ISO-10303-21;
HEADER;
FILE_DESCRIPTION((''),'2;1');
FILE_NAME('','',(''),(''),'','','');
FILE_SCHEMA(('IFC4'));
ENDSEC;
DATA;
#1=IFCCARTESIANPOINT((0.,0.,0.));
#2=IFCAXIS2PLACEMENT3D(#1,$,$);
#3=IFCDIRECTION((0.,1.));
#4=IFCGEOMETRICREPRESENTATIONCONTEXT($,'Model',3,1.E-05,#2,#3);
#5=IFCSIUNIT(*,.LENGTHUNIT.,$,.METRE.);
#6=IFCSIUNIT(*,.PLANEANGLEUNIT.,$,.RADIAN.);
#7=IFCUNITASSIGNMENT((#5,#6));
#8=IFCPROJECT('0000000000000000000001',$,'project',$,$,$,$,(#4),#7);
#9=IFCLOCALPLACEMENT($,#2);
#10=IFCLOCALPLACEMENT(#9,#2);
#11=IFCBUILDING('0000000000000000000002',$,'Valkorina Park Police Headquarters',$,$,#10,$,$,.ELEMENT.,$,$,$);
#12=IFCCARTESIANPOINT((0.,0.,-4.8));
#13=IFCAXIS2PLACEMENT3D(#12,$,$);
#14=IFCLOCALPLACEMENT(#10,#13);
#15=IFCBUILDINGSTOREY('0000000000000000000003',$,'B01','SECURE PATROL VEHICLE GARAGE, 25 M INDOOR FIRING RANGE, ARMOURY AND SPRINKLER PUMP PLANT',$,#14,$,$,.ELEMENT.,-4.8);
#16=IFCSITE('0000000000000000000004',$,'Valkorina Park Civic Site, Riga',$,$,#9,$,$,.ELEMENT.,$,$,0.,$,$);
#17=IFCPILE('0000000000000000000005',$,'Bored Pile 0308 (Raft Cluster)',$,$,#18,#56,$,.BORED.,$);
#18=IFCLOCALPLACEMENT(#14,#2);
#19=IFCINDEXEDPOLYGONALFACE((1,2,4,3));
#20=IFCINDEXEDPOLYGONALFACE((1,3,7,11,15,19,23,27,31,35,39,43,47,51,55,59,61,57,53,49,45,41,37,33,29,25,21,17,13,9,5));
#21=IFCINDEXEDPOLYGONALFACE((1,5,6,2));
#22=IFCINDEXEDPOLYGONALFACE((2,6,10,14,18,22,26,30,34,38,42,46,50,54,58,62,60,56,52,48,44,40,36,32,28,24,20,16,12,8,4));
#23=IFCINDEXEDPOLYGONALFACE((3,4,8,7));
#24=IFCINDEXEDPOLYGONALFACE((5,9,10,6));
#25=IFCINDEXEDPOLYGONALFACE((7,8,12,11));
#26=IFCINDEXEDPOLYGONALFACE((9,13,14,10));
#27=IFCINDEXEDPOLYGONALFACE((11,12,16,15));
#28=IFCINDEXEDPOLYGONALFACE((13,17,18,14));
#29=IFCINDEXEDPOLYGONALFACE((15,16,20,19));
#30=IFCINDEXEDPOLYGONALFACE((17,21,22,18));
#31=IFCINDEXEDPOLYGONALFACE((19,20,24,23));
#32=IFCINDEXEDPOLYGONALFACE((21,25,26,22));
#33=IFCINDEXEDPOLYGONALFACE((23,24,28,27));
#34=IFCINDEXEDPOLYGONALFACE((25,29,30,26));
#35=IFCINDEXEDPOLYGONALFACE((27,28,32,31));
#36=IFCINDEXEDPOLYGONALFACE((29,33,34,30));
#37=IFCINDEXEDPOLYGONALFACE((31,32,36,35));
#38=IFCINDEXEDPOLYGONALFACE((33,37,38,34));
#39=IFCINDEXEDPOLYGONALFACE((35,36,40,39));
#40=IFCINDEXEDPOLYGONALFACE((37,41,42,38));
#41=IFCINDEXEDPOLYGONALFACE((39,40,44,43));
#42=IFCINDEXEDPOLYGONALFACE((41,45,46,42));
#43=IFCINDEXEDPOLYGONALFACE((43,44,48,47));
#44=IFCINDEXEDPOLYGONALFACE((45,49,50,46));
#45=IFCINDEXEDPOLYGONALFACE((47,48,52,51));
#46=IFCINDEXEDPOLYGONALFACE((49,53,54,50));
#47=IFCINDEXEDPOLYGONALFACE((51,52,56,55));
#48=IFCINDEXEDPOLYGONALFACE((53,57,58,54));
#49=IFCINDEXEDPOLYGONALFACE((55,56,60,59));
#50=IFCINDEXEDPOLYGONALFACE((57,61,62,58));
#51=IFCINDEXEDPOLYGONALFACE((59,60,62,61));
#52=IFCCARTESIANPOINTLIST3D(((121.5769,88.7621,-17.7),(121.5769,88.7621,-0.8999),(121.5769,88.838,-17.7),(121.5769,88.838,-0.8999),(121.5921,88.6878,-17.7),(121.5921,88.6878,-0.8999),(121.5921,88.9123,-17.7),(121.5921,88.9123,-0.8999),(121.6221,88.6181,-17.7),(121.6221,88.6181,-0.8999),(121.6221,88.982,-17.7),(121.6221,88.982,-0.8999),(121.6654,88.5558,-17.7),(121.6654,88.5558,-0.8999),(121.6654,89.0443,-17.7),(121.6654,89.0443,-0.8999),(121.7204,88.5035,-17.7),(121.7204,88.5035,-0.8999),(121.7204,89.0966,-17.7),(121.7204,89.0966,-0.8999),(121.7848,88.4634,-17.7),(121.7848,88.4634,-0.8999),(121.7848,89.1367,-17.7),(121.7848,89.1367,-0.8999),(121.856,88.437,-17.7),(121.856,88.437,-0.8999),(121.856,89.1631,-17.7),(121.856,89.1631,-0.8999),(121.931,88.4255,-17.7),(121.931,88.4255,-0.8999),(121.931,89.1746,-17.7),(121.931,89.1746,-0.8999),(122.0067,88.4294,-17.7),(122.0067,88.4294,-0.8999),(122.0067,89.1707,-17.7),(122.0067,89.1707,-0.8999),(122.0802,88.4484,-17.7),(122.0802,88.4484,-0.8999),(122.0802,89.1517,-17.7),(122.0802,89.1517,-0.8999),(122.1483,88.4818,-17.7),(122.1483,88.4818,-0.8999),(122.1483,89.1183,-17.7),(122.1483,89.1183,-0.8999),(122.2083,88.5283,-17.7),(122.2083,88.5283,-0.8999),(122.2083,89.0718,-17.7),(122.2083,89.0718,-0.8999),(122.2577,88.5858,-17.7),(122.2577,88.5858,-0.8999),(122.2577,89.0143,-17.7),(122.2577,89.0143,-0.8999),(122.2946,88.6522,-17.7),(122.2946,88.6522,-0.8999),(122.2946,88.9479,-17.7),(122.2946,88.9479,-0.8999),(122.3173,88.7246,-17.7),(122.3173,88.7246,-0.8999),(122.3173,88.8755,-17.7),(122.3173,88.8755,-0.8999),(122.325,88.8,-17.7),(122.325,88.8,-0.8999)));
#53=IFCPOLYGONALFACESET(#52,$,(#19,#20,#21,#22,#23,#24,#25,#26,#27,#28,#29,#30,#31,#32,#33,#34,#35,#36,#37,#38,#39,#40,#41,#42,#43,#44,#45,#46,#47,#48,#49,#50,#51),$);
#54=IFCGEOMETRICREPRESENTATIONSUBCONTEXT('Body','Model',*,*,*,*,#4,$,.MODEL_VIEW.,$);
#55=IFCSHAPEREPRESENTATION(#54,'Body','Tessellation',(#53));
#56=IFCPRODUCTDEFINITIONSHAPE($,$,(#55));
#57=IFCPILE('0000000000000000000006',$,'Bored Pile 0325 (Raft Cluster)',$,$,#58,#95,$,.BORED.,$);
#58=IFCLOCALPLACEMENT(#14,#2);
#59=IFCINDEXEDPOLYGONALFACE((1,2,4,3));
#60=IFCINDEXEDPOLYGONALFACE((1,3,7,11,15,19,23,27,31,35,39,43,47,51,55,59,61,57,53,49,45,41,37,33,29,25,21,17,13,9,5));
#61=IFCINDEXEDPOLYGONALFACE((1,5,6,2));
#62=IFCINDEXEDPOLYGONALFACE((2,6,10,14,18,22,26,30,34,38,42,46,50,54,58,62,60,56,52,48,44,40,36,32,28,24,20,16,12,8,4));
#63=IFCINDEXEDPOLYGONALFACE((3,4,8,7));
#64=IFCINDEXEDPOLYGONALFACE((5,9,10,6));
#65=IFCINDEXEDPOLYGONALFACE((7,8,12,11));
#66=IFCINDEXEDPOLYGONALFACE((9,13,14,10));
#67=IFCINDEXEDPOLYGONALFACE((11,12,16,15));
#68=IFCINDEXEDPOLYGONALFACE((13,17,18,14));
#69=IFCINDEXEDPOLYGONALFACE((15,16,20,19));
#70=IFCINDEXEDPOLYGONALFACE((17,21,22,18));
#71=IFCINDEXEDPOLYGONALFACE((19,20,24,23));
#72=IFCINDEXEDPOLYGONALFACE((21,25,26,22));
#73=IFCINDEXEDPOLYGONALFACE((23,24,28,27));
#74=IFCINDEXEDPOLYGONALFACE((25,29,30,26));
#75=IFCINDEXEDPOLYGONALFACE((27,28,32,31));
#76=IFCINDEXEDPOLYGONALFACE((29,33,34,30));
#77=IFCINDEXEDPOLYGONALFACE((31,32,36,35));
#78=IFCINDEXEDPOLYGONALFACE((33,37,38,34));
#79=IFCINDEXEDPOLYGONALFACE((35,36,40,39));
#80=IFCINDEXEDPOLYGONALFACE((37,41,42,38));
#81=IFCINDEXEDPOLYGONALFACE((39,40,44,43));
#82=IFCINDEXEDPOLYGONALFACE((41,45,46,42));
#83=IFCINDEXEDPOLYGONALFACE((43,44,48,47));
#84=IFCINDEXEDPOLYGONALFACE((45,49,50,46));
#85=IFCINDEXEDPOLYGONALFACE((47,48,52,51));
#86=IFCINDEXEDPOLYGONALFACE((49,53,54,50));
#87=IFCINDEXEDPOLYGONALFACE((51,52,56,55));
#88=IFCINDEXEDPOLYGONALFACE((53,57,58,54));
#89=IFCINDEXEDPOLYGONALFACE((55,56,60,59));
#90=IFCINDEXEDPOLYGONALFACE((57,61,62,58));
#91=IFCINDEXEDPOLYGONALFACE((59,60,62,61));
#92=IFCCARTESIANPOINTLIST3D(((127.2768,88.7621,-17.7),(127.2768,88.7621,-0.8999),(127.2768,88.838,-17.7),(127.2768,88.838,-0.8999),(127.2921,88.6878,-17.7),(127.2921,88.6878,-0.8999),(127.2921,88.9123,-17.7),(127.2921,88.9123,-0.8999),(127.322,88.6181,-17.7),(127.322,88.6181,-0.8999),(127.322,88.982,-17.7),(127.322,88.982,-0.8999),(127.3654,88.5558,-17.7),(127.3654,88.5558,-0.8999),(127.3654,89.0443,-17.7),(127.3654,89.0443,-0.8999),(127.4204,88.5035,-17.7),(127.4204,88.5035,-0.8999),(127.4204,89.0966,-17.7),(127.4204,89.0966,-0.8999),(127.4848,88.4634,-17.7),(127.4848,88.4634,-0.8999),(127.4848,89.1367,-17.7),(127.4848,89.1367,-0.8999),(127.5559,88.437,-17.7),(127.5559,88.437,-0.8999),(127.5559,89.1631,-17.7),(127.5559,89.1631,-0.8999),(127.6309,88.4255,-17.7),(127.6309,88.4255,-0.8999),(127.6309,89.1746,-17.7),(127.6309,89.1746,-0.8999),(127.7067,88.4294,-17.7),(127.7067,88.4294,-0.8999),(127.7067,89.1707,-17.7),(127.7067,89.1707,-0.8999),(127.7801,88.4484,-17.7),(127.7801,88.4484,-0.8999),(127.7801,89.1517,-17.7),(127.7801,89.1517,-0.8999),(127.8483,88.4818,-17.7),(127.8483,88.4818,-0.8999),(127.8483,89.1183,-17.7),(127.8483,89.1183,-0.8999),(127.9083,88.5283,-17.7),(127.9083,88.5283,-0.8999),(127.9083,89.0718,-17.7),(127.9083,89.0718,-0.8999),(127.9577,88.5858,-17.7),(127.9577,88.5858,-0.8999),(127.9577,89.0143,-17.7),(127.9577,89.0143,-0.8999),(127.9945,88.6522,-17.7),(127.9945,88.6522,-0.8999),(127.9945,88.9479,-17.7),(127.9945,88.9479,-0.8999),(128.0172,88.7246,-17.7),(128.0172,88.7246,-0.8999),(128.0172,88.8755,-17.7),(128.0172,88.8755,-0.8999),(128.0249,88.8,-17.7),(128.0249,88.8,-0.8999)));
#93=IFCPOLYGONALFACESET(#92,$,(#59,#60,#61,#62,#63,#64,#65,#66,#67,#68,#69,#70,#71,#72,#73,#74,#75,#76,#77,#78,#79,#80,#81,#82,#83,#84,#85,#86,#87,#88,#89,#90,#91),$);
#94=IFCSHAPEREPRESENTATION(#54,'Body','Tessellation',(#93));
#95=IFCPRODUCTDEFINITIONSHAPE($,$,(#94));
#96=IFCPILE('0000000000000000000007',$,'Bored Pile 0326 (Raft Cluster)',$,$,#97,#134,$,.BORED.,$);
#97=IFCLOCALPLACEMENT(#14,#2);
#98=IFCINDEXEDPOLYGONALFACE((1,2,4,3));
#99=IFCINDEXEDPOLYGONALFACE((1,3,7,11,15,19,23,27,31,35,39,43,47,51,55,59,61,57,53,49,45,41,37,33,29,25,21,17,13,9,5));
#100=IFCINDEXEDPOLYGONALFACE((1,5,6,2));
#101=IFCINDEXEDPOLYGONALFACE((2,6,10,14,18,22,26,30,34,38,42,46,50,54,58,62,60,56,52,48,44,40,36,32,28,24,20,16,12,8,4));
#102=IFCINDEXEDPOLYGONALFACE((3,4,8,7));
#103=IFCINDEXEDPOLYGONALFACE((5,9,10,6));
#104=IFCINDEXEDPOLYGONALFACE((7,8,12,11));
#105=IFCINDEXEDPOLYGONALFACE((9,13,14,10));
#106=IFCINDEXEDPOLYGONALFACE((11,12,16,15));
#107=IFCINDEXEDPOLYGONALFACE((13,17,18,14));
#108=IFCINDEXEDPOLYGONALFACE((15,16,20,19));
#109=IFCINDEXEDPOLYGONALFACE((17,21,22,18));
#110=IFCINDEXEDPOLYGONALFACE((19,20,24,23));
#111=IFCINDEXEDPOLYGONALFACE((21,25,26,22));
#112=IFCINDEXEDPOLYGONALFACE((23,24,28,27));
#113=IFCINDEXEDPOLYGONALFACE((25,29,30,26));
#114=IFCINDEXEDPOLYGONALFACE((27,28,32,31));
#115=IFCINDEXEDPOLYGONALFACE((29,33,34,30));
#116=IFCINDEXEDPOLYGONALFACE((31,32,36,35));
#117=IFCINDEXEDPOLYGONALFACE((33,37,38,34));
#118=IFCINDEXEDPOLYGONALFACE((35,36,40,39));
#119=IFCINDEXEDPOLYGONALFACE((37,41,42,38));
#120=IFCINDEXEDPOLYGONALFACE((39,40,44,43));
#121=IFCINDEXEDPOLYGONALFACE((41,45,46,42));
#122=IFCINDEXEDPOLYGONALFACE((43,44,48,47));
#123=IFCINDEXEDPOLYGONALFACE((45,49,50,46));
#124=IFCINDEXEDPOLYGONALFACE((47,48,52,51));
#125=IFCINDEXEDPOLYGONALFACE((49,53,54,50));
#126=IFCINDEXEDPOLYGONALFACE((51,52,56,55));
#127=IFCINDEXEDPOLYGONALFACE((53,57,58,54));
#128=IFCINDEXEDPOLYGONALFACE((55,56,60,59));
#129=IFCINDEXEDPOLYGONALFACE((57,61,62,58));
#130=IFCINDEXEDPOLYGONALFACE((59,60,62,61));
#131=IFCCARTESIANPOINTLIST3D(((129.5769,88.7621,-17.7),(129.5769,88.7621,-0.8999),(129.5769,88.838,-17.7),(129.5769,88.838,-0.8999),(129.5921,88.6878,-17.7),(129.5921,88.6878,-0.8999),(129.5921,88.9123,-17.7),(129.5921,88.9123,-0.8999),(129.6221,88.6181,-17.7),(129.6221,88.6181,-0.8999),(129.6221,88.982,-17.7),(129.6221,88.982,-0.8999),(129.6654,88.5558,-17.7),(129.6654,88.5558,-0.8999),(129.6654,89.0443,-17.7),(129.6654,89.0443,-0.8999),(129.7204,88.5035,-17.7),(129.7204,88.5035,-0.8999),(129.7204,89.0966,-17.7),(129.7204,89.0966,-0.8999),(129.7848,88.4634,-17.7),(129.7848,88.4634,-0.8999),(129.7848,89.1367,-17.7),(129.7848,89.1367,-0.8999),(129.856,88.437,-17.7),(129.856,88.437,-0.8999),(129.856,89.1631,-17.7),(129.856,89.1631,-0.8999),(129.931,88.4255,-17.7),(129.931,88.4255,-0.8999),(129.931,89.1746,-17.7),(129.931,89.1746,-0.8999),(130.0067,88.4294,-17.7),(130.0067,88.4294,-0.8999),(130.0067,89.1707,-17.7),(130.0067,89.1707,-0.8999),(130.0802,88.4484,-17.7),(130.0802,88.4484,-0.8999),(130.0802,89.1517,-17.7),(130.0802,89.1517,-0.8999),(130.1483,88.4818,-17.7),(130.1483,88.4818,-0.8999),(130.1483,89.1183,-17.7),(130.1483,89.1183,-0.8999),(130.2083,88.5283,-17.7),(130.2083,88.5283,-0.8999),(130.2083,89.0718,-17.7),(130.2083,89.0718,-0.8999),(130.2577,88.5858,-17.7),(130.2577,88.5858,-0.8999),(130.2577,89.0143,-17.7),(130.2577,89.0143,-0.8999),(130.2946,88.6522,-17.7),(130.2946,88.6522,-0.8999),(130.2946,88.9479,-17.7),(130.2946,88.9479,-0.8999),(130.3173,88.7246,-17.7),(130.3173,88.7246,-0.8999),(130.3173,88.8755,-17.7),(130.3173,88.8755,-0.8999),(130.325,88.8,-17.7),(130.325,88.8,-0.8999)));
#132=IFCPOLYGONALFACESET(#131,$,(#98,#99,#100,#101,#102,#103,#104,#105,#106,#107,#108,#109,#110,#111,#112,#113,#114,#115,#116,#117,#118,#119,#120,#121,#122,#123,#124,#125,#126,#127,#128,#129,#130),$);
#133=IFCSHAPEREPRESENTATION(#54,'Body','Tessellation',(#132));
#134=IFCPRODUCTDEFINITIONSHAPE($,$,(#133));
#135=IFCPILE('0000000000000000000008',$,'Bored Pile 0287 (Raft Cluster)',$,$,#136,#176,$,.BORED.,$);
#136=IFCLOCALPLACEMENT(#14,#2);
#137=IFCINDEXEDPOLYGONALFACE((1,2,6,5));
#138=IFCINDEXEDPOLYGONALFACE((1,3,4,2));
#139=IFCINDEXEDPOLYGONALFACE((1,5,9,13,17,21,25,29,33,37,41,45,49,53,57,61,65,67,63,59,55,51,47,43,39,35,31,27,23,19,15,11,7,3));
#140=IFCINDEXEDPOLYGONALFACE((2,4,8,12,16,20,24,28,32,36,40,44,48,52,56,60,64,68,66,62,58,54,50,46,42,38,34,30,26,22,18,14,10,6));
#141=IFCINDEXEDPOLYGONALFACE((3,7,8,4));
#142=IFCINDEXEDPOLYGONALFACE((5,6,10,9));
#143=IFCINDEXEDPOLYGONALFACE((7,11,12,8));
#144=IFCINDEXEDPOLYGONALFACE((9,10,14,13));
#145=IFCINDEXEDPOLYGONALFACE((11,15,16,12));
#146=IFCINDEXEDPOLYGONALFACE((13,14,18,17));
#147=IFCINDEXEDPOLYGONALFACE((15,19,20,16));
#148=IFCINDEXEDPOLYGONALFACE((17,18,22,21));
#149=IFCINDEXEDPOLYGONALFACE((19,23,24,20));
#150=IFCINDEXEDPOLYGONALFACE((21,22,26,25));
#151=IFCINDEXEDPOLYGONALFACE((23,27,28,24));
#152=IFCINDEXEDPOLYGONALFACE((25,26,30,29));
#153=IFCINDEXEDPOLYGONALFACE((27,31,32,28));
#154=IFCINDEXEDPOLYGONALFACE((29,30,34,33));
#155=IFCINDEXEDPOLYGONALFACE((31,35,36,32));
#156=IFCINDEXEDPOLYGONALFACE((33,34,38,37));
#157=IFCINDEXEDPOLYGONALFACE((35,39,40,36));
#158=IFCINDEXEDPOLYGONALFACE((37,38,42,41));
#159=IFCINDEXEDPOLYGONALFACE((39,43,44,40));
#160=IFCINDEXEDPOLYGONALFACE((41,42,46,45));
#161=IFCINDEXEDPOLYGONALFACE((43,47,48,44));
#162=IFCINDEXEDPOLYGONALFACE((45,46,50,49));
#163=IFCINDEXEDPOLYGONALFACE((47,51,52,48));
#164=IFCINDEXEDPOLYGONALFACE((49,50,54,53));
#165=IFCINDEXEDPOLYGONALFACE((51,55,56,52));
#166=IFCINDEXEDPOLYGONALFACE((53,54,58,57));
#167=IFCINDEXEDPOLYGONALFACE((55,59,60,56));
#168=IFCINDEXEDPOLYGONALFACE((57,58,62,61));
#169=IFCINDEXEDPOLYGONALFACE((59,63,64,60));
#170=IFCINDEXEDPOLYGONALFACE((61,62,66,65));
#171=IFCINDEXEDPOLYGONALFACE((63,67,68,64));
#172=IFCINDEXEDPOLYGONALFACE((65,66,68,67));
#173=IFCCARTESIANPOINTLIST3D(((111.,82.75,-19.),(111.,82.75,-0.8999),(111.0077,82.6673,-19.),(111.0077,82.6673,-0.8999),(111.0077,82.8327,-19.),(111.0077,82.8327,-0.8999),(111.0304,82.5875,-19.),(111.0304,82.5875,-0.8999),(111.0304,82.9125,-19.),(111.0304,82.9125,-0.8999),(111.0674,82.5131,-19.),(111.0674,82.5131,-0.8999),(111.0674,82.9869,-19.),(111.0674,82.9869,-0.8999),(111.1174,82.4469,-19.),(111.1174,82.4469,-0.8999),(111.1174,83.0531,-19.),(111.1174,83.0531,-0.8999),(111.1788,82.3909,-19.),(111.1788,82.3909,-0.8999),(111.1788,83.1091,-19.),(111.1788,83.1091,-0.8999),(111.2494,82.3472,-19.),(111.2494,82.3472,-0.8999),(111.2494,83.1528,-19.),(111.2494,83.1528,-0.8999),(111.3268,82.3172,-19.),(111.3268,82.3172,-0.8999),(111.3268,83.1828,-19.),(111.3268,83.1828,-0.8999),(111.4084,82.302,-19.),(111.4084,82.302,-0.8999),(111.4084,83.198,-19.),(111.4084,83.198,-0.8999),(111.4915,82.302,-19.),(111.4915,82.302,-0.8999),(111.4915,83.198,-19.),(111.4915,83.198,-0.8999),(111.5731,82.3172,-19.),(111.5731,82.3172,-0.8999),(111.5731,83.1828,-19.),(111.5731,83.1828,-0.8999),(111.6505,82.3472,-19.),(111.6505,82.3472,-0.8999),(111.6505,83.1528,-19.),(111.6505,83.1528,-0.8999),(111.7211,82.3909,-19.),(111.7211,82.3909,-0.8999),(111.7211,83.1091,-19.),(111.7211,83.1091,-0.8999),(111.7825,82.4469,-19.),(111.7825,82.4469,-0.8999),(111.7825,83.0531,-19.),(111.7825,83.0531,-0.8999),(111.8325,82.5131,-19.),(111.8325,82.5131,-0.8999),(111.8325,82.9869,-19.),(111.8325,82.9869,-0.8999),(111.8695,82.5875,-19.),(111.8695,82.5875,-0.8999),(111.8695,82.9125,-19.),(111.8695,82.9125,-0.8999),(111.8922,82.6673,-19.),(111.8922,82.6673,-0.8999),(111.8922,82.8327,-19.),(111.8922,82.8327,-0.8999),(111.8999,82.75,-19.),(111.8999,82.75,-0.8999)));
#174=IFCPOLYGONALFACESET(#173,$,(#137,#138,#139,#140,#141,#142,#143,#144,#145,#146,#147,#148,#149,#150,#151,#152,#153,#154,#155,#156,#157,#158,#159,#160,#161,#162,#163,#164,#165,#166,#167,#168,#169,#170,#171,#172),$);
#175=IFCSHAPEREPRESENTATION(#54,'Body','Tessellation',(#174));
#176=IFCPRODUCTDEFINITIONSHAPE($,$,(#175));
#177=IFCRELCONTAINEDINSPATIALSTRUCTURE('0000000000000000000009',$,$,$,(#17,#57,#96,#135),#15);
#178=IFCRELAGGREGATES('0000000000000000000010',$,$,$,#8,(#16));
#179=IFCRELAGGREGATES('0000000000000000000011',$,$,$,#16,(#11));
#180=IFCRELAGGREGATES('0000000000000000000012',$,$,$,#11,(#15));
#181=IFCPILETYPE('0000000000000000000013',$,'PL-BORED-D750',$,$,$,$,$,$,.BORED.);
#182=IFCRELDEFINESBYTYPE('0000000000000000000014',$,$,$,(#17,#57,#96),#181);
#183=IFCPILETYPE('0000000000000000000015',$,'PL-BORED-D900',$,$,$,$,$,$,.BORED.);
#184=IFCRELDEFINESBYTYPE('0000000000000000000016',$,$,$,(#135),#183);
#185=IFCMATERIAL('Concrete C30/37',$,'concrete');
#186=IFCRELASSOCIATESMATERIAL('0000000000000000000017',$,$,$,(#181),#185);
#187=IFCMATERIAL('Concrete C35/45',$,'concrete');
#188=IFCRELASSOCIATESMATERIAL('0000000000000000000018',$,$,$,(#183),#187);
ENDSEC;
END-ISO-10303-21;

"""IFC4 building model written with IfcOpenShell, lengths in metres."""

from ifc_helpers import new_model, si_unit, direction, frame, origin, origin_2d, place, context, subcontext, project, spatial, circle, extrude, material, material_profile, profile_set, type_object, element, save


model = new_model("IFC4")

# Units and contexts
model_context = context("Model", 3, precision=1e-05, world=origin(), true_north=direction((0.0, 1.0)))
body_context = subcontext(model_context, "Body", "Model", "MODEL_VIEW")
ifc_project = project(units=[si_unit("LENGTHUNIT", "METRE"), si_unit("PLANEANGLEUNIT", "RADIAN")], contexts=[model_context])

# Site, building, storey
site_placement = place(None, origin())
site = spatial("IfcSite", under=ifc_project, at=site_placement, Name="Valkorina Park Civic Site, Riga", CompositionType="ELEMENT", RefElevation=0.0)
building_placement = place(site_placement, origin())
building = spatial("IfcBuilding", under=site, at=building_placement, Name="Valkorina Park Police Headquarters", CompositionType="ELEMENT")
storey_placement = place(building_placement, frame((0.0, 0.0, -4.8)))
storey = spatial("IfcBuildingStorey", under=building, at=storey_placement, Name="B01", Description="SECURE PATROL VEHICLE GARAGE, 25 M INDOOR FIRING RANGE, ARMOURY AND SPRINKLER PUMP PLANT", CompositionType="ELEMENT", Elevation=-4.8)

# Piles
ifc_material_1 = material(Name="Concrete C30/37", Category="concrete")
ifc_material_profile_1 = material_profile(ifc_material_1, circle(Radius=0.375, at=origin_2d()), Name="BORED PILE D750")
ifc_profile_set_1 = profile_set([ifc_material_profile_1], Name="Concrete C30/37")
pile_type_1 = type_object("IfcPileType", Name="PL-BORED-D750", PredefinedType="BORED", material=ifc_profile_set_1)
for number, where, z_axis, x_axis, name in (
    (1, (121.95, 88.8, -0.8999), (0.0, 0.0, -1.0), (1.0, 0.0, 0.0), "Bored Pile 0308 (Raft Cluster)"),
    (2, (127.6499, 88.8, -0.8999), (0.0, 0.0, -1.0), (1.0, 0.0, 0.0), "Bored Pile 0325 (Raft Cluster)"),
    (3, (129.95, 88.8, -0.8999), (0.0, 0.0, -1.0), (1.0, 0.0, 0.0), "Bored Pile 0326 (Raft Cluster)"),
):
    element("IfcPile", number, at=place(storey_placement, frame(where, z_axis=z_axis, x_axis=x_axis)), inside=storey, type_object=pile_type_1, Name=name, PredefinedType="BORED", context=body_context, shape_type="SweptSolid", body=[
        extrude(circle(Radius=0.375, at=origin_2d()), origin(), (0.0, 0.0, 1.0), 16.8),
    ])
ifc_material_2 = material(Name="Concrete C35/45", Category="concrete")
ifc_material_profile_2 = material_profile(ifc_material_2, circle(Radius=0.45, at=origin_2d()), Name="BORED PILE D900")
ifc_profile_set_2 = profile_set([ifc_material_profile_2], Name="Concrete C35/45")
pile_type_2 = type_object("IfcPileType", Name="PL-BORED-D900", PredefinedType="BORED", material=ifc_profile_set_2)
for number, where, z_axis, x_axis, name in (
    (4, (111.45, 82.75, -0.8999), (0.0, 0.0, -1.0), (1.0, 0.0, 0.0), "Bored Pile 0287 (Raft Cluster)"),
):
    element("IfcPile", number, at=place(storey_placement, frame(where, z_axis=z_axis, x_axis=x_axis)), inside=storey, type_object=pile_type_2, Name=name, PredefinedType="BORED", context=body_context, shape_type="SweptSolid", body=[
        extrude(circle(Radius=0.45, at=origin_2d()), origin(), (0.0, 0.0, 1.0), 18.1001),
    ])

save(model, "model.ifc")
